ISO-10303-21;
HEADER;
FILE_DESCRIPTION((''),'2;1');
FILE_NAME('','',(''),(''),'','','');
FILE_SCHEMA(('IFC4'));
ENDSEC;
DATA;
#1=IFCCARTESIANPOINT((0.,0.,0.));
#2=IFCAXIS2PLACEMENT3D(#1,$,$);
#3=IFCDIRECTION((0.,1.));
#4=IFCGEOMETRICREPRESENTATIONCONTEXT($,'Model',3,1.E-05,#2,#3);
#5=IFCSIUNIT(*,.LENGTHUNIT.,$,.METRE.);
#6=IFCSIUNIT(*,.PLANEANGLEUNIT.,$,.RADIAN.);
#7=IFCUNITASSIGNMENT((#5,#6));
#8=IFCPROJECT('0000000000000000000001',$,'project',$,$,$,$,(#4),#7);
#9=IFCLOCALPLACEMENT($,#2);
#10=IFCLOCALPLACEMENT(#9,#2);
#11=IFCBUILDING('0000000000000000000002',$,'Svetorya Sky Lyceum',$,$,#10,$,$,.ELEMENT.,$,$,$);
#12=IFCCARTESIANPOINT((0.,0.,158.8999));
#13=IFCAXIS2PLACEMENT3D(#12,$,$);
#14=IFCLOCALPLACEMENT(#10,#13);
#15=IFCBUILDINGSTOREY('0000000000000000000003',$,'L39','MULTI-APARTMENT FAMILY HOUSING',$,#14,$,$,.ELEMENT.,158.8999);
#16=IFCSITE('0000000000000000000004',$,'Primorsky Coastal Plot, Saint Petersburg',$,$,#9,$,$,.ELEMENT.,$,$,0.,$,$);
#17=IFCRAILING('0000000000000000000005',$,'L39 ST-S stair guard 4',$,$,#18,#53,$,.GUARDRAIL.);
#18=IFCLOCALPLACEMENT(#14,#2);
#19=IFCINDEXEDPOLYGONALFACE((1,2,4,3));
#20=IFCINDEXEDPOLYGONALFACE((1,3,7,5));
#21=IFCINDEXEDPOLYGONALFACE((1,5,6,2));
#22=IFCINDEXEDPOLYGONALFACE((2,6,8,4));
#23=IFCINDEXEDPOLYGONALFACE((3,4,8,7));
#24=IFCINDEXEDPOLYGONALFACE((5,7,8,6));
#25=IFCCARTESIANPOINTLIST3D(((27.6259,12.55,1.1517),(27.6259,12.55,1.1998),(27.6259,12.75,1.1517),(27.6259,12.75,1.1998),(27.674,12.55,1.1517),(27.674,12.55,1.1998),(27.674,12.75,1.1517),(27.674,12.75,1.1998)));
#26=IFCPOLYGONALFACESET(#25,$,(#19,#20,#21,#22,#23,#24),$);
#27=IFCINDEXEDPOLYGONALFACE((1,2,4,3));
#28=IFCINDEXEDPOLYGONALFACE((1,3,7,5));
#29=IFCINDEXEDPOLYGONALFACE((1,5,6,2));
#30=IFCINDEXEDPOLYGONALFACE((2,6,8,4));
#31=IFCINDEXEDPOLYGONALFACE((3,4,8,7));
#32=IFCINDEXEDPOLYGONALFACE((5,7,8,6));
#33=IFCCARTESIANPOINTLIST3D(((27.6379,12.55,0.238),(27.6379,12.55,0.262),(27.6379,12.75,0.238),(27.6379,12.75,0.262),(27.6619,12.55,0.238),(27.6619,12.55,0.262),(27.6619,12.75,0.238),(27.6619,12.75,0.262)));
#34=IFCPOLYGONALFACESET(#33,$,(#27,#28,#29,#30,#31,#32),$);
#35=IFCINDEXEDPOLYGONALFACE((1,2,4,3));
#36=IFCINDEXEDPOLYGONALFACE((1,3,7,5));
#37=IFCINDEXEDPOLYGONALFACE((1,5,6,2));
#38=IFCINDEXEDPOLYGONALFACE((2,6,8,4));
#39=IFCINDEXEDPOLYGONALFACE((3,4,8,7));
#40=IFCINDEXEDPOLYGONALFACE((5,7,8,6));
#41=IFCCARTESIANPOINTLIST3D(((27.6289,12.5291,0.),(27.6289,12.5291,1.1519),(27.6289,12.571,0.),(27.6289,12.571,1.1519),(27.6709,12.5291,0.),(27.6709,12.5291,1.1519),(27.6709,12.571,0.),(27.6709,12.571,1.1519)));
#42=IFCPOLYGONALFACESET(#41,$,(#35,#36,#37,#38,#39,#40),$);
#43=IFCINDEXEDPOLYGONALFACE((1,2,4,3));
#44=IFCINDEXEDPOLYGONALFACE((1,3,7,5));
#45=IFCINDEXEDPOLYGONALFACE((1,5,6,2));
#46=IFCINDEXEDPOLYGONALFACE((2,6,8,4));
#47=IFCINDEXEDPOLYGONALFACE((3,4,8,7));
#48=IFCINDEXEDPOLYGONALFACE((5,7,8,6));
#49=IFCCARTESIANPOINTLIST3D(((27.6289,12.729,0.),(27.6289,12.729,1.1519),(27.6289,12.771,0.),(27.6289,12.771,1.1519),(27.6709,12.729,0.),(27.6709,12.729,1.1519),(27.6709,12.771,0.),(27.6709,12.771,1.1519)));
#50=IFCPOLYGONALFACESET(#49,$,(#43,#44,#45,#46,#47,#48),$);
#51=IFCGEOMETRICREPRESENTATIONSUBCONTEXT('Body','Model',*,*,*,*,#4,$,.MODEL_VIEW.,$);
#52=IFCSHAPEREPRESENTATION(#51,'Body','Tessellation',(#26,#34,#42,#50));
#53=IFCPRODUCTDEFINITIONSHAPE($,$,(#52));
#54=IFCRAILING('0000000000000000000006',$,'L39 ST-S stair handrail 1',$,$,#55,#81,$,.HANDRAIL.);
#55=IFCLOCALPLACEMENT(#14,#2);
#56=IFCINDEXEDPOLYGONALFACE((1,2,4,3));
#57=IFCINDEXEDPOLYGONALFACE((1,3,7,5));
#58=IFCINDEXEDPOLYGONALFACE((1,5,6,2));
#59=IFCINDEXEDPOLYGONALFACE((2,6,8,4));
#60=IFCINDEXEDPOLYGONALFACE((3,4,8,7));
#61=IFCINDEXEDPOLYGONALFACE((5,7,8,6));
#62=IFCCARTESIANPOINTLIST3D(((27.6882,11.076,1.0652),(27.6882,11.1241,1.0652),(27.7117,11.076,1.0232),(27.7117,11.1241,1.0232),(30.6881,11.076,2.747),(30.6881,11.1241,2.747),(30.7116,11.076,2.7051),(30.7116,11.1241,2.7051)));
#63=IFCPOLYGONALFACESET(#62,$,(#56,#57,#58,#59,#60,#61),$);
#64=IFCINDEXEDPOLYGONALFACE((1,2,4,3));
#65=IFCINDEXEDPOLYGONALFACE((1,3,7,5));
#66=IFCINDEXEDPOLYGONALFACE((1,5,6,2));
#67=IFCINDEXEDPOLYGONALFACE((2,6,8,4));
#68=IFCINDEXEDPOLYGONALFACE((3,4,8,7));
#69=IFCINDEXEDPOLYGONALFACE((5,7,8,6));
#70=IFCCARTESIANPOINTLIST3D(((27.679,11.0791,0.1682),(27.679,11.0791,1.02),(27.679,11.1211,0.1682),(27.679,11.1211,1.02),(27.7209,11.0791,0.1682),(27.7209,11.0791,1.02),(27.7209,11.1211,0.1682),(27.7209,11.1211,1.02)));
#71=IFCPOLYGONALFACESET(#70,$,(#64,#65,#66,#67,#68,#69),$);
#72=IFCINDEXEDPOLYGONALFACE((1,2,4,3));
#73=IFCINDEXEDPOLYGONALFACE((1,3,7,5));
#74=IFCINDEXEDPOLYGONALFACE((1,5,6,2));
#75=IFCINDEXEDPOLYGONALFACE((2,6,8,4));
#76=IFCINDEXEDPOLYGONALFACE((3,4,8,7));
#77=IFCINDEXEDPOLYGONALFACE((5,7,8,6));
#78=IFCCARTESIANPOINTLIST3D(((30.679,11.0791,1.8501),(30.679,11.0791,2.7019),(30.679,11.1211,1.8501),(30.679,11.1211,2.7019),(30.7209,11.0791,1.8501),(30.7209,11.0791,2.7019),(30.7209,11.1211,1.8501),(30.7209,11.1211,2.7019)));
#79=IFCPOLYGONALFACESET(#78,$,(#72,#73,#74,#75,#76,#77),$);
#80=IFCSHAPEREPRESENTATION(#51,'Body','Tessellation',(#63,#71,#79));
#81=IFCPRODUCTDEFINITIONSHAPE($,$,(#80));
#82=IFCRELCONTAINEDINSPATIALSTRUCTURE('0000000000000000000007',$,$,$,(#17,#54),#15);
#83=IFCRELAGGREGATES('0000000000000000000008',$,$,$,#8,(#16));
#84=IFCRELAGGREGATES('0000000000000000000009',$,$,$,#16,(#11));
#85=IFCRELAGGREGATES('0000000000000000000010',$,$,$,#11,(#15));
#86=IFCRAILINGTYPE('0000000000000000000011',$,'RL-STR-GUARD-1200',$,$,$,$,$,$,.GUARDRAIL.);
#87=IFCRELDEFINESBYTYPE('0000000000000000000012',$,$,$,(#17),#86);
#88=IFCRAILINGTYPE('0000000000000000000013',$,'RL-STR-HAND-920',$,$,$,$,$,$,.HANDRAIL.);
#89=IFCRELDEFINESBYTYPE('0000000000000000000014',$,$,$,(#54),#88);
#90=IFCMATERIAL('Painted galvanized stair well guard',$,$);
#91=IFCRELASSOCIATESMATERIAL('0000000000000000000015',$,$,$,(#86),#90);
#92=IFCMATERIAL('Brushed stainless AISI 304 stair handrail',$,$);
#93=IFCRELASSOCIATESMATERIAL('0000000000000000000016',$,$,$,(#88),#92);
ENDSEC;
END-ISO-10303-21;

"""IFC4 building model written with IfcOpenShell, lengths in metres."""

from ifc_helpers import new_model, si_unit, direction, frame, origin, origin_2d, place, context, subcontext, project, spatial, rectangle, extrude, material, type_object, element, save


model = new_model("IFC4")

# Units and contexts
model_context = context("Model", 3, precision=1e-05, world=origin(), true_north=direction((0.0, 1.0)))
body_context = subcontext(model_context, "Body", "Model", "MODEL_VIEW")
ifc_project = project(units=[si_unit("LENGTHUNIT", "METRE"), si_unit("PLANEANGLEUNIT", "RADIAN")], contexts=[model_context])

# Site, building, storey
site_placement = place(None, origin())
site = spatial("IfcSite", under=ifc_project, at=site_placement, Name="Primorsky Coastal Plot, Saint Petersburg", CompositionType="ELEMENT", RefElevation=0.0)
building_placement = place(site_placement, origin())
building = spatial("IfcBuilding", under=site, at=building_placement, Name="Svetorya Sky Lyceum", CompositionType="ELEMENT")
storey_placement = place(building_placement, frame((0.0, 0.0, 158.8999)))
storey = spatial("IfcBuildingStorey", under=building, at=storey_placement, Name="L39", Description="MULTI-APARTMENT FAMILY HOUSING", CompositionType="ELEMENT", Elevation=158.8999)

# Railings
ifc_material_1 = material(Name="Painted galvanized stair well guard")
railing_type_1 = type_object("IfcRailingType", Name="RL-STR-GUARD-1200", PredefinedType="GUARDRAIL", material=ifc_material_1)
railing_1_placement = place(storey_placement, frame((27.6499, 12.55, 0.0)))
element("IfcRailing", 1, at=railing_1_placement, inside=storey, type_object=railing_type_1, Name="L39 ST-S stair guard 4", PredefinedType="GUARDRAIL", context=body_context, shape_type="SweptSolid", body=[
    extrude(rectangle(XDim=0.0481, YDim=0.0481, at=origin_2d()), frame((0.0, 0.0, 1.1758), z_axis=(0.0, 1.0, 0.0), x_axis=(-1.0, 0.0, 0.0)), (0.0, 0.0, 1.0), 0.2),
    extrude(rectangle(XDim=0.0239, YDim=0.0239, at=origin_2d()), frame((0.0, 0.0, 0.25), z_axis=(0.0, 1.0, 0.0), x_axis=(-1.0, 0.0, 0.0)), (0.0, 0.0, 1.0), 0.2),
    extrude(rectangle(XDim=0.042, YDim=0.042, at=origin_2d()), origin(), (0.0, 0.0, 1.0), 1.1519),
    extrude(rectangle(XDim=0.042, YDim=0.042, at=origin_2d()), frame((0.0, 0.2, 0.0)), (0.0, 0.0, 1.0), 1.1519),
])
ifc_material_2 = material(Name="Brushed stainless AISI 304 stair handrail")
railing_type_2 = type_object("IfcRailingType", Name="RL-STR-HAND-920", PredefinedType="HANDRAIL", material=ifc_material_2)
railing_2_placement = place(storey_placement, frame((27.7, 11.1001, 0.1682)))
element("IfcRailing", 2, at=railing_2_placement, inside=storey, type_object=railing_type_2, Name="L39 ST-S stair handrail 1", PredefinedType="HANDRAIL", context=body_context, shape_type="SweptSolid", body=[
    extrude(rectangle(XDim=0.0481, YDim=0.0481, at=origin_2d()), frame((0.0, 0.0, 0.876), z_axis=(0.872272, 0.0, 0.48902), x_axis=(0.0, 1.0, 0.0)), (0.0, 0.0, 1.0), 3.4392),
    extrude(rectangle(XDim=0.042, YDim=0.042, at=origin_2d()), origin(), (0.0, 0.0, 1.0), 0.8518),
    extrude(rectangle(XDim=0.042, YDim=0.042, at=origin_2d()), frame((3.0, 0.0, 1.6819)), (0.0, 0.0, 1.0), 0.8518),
])

save(model, "model.ifc")
